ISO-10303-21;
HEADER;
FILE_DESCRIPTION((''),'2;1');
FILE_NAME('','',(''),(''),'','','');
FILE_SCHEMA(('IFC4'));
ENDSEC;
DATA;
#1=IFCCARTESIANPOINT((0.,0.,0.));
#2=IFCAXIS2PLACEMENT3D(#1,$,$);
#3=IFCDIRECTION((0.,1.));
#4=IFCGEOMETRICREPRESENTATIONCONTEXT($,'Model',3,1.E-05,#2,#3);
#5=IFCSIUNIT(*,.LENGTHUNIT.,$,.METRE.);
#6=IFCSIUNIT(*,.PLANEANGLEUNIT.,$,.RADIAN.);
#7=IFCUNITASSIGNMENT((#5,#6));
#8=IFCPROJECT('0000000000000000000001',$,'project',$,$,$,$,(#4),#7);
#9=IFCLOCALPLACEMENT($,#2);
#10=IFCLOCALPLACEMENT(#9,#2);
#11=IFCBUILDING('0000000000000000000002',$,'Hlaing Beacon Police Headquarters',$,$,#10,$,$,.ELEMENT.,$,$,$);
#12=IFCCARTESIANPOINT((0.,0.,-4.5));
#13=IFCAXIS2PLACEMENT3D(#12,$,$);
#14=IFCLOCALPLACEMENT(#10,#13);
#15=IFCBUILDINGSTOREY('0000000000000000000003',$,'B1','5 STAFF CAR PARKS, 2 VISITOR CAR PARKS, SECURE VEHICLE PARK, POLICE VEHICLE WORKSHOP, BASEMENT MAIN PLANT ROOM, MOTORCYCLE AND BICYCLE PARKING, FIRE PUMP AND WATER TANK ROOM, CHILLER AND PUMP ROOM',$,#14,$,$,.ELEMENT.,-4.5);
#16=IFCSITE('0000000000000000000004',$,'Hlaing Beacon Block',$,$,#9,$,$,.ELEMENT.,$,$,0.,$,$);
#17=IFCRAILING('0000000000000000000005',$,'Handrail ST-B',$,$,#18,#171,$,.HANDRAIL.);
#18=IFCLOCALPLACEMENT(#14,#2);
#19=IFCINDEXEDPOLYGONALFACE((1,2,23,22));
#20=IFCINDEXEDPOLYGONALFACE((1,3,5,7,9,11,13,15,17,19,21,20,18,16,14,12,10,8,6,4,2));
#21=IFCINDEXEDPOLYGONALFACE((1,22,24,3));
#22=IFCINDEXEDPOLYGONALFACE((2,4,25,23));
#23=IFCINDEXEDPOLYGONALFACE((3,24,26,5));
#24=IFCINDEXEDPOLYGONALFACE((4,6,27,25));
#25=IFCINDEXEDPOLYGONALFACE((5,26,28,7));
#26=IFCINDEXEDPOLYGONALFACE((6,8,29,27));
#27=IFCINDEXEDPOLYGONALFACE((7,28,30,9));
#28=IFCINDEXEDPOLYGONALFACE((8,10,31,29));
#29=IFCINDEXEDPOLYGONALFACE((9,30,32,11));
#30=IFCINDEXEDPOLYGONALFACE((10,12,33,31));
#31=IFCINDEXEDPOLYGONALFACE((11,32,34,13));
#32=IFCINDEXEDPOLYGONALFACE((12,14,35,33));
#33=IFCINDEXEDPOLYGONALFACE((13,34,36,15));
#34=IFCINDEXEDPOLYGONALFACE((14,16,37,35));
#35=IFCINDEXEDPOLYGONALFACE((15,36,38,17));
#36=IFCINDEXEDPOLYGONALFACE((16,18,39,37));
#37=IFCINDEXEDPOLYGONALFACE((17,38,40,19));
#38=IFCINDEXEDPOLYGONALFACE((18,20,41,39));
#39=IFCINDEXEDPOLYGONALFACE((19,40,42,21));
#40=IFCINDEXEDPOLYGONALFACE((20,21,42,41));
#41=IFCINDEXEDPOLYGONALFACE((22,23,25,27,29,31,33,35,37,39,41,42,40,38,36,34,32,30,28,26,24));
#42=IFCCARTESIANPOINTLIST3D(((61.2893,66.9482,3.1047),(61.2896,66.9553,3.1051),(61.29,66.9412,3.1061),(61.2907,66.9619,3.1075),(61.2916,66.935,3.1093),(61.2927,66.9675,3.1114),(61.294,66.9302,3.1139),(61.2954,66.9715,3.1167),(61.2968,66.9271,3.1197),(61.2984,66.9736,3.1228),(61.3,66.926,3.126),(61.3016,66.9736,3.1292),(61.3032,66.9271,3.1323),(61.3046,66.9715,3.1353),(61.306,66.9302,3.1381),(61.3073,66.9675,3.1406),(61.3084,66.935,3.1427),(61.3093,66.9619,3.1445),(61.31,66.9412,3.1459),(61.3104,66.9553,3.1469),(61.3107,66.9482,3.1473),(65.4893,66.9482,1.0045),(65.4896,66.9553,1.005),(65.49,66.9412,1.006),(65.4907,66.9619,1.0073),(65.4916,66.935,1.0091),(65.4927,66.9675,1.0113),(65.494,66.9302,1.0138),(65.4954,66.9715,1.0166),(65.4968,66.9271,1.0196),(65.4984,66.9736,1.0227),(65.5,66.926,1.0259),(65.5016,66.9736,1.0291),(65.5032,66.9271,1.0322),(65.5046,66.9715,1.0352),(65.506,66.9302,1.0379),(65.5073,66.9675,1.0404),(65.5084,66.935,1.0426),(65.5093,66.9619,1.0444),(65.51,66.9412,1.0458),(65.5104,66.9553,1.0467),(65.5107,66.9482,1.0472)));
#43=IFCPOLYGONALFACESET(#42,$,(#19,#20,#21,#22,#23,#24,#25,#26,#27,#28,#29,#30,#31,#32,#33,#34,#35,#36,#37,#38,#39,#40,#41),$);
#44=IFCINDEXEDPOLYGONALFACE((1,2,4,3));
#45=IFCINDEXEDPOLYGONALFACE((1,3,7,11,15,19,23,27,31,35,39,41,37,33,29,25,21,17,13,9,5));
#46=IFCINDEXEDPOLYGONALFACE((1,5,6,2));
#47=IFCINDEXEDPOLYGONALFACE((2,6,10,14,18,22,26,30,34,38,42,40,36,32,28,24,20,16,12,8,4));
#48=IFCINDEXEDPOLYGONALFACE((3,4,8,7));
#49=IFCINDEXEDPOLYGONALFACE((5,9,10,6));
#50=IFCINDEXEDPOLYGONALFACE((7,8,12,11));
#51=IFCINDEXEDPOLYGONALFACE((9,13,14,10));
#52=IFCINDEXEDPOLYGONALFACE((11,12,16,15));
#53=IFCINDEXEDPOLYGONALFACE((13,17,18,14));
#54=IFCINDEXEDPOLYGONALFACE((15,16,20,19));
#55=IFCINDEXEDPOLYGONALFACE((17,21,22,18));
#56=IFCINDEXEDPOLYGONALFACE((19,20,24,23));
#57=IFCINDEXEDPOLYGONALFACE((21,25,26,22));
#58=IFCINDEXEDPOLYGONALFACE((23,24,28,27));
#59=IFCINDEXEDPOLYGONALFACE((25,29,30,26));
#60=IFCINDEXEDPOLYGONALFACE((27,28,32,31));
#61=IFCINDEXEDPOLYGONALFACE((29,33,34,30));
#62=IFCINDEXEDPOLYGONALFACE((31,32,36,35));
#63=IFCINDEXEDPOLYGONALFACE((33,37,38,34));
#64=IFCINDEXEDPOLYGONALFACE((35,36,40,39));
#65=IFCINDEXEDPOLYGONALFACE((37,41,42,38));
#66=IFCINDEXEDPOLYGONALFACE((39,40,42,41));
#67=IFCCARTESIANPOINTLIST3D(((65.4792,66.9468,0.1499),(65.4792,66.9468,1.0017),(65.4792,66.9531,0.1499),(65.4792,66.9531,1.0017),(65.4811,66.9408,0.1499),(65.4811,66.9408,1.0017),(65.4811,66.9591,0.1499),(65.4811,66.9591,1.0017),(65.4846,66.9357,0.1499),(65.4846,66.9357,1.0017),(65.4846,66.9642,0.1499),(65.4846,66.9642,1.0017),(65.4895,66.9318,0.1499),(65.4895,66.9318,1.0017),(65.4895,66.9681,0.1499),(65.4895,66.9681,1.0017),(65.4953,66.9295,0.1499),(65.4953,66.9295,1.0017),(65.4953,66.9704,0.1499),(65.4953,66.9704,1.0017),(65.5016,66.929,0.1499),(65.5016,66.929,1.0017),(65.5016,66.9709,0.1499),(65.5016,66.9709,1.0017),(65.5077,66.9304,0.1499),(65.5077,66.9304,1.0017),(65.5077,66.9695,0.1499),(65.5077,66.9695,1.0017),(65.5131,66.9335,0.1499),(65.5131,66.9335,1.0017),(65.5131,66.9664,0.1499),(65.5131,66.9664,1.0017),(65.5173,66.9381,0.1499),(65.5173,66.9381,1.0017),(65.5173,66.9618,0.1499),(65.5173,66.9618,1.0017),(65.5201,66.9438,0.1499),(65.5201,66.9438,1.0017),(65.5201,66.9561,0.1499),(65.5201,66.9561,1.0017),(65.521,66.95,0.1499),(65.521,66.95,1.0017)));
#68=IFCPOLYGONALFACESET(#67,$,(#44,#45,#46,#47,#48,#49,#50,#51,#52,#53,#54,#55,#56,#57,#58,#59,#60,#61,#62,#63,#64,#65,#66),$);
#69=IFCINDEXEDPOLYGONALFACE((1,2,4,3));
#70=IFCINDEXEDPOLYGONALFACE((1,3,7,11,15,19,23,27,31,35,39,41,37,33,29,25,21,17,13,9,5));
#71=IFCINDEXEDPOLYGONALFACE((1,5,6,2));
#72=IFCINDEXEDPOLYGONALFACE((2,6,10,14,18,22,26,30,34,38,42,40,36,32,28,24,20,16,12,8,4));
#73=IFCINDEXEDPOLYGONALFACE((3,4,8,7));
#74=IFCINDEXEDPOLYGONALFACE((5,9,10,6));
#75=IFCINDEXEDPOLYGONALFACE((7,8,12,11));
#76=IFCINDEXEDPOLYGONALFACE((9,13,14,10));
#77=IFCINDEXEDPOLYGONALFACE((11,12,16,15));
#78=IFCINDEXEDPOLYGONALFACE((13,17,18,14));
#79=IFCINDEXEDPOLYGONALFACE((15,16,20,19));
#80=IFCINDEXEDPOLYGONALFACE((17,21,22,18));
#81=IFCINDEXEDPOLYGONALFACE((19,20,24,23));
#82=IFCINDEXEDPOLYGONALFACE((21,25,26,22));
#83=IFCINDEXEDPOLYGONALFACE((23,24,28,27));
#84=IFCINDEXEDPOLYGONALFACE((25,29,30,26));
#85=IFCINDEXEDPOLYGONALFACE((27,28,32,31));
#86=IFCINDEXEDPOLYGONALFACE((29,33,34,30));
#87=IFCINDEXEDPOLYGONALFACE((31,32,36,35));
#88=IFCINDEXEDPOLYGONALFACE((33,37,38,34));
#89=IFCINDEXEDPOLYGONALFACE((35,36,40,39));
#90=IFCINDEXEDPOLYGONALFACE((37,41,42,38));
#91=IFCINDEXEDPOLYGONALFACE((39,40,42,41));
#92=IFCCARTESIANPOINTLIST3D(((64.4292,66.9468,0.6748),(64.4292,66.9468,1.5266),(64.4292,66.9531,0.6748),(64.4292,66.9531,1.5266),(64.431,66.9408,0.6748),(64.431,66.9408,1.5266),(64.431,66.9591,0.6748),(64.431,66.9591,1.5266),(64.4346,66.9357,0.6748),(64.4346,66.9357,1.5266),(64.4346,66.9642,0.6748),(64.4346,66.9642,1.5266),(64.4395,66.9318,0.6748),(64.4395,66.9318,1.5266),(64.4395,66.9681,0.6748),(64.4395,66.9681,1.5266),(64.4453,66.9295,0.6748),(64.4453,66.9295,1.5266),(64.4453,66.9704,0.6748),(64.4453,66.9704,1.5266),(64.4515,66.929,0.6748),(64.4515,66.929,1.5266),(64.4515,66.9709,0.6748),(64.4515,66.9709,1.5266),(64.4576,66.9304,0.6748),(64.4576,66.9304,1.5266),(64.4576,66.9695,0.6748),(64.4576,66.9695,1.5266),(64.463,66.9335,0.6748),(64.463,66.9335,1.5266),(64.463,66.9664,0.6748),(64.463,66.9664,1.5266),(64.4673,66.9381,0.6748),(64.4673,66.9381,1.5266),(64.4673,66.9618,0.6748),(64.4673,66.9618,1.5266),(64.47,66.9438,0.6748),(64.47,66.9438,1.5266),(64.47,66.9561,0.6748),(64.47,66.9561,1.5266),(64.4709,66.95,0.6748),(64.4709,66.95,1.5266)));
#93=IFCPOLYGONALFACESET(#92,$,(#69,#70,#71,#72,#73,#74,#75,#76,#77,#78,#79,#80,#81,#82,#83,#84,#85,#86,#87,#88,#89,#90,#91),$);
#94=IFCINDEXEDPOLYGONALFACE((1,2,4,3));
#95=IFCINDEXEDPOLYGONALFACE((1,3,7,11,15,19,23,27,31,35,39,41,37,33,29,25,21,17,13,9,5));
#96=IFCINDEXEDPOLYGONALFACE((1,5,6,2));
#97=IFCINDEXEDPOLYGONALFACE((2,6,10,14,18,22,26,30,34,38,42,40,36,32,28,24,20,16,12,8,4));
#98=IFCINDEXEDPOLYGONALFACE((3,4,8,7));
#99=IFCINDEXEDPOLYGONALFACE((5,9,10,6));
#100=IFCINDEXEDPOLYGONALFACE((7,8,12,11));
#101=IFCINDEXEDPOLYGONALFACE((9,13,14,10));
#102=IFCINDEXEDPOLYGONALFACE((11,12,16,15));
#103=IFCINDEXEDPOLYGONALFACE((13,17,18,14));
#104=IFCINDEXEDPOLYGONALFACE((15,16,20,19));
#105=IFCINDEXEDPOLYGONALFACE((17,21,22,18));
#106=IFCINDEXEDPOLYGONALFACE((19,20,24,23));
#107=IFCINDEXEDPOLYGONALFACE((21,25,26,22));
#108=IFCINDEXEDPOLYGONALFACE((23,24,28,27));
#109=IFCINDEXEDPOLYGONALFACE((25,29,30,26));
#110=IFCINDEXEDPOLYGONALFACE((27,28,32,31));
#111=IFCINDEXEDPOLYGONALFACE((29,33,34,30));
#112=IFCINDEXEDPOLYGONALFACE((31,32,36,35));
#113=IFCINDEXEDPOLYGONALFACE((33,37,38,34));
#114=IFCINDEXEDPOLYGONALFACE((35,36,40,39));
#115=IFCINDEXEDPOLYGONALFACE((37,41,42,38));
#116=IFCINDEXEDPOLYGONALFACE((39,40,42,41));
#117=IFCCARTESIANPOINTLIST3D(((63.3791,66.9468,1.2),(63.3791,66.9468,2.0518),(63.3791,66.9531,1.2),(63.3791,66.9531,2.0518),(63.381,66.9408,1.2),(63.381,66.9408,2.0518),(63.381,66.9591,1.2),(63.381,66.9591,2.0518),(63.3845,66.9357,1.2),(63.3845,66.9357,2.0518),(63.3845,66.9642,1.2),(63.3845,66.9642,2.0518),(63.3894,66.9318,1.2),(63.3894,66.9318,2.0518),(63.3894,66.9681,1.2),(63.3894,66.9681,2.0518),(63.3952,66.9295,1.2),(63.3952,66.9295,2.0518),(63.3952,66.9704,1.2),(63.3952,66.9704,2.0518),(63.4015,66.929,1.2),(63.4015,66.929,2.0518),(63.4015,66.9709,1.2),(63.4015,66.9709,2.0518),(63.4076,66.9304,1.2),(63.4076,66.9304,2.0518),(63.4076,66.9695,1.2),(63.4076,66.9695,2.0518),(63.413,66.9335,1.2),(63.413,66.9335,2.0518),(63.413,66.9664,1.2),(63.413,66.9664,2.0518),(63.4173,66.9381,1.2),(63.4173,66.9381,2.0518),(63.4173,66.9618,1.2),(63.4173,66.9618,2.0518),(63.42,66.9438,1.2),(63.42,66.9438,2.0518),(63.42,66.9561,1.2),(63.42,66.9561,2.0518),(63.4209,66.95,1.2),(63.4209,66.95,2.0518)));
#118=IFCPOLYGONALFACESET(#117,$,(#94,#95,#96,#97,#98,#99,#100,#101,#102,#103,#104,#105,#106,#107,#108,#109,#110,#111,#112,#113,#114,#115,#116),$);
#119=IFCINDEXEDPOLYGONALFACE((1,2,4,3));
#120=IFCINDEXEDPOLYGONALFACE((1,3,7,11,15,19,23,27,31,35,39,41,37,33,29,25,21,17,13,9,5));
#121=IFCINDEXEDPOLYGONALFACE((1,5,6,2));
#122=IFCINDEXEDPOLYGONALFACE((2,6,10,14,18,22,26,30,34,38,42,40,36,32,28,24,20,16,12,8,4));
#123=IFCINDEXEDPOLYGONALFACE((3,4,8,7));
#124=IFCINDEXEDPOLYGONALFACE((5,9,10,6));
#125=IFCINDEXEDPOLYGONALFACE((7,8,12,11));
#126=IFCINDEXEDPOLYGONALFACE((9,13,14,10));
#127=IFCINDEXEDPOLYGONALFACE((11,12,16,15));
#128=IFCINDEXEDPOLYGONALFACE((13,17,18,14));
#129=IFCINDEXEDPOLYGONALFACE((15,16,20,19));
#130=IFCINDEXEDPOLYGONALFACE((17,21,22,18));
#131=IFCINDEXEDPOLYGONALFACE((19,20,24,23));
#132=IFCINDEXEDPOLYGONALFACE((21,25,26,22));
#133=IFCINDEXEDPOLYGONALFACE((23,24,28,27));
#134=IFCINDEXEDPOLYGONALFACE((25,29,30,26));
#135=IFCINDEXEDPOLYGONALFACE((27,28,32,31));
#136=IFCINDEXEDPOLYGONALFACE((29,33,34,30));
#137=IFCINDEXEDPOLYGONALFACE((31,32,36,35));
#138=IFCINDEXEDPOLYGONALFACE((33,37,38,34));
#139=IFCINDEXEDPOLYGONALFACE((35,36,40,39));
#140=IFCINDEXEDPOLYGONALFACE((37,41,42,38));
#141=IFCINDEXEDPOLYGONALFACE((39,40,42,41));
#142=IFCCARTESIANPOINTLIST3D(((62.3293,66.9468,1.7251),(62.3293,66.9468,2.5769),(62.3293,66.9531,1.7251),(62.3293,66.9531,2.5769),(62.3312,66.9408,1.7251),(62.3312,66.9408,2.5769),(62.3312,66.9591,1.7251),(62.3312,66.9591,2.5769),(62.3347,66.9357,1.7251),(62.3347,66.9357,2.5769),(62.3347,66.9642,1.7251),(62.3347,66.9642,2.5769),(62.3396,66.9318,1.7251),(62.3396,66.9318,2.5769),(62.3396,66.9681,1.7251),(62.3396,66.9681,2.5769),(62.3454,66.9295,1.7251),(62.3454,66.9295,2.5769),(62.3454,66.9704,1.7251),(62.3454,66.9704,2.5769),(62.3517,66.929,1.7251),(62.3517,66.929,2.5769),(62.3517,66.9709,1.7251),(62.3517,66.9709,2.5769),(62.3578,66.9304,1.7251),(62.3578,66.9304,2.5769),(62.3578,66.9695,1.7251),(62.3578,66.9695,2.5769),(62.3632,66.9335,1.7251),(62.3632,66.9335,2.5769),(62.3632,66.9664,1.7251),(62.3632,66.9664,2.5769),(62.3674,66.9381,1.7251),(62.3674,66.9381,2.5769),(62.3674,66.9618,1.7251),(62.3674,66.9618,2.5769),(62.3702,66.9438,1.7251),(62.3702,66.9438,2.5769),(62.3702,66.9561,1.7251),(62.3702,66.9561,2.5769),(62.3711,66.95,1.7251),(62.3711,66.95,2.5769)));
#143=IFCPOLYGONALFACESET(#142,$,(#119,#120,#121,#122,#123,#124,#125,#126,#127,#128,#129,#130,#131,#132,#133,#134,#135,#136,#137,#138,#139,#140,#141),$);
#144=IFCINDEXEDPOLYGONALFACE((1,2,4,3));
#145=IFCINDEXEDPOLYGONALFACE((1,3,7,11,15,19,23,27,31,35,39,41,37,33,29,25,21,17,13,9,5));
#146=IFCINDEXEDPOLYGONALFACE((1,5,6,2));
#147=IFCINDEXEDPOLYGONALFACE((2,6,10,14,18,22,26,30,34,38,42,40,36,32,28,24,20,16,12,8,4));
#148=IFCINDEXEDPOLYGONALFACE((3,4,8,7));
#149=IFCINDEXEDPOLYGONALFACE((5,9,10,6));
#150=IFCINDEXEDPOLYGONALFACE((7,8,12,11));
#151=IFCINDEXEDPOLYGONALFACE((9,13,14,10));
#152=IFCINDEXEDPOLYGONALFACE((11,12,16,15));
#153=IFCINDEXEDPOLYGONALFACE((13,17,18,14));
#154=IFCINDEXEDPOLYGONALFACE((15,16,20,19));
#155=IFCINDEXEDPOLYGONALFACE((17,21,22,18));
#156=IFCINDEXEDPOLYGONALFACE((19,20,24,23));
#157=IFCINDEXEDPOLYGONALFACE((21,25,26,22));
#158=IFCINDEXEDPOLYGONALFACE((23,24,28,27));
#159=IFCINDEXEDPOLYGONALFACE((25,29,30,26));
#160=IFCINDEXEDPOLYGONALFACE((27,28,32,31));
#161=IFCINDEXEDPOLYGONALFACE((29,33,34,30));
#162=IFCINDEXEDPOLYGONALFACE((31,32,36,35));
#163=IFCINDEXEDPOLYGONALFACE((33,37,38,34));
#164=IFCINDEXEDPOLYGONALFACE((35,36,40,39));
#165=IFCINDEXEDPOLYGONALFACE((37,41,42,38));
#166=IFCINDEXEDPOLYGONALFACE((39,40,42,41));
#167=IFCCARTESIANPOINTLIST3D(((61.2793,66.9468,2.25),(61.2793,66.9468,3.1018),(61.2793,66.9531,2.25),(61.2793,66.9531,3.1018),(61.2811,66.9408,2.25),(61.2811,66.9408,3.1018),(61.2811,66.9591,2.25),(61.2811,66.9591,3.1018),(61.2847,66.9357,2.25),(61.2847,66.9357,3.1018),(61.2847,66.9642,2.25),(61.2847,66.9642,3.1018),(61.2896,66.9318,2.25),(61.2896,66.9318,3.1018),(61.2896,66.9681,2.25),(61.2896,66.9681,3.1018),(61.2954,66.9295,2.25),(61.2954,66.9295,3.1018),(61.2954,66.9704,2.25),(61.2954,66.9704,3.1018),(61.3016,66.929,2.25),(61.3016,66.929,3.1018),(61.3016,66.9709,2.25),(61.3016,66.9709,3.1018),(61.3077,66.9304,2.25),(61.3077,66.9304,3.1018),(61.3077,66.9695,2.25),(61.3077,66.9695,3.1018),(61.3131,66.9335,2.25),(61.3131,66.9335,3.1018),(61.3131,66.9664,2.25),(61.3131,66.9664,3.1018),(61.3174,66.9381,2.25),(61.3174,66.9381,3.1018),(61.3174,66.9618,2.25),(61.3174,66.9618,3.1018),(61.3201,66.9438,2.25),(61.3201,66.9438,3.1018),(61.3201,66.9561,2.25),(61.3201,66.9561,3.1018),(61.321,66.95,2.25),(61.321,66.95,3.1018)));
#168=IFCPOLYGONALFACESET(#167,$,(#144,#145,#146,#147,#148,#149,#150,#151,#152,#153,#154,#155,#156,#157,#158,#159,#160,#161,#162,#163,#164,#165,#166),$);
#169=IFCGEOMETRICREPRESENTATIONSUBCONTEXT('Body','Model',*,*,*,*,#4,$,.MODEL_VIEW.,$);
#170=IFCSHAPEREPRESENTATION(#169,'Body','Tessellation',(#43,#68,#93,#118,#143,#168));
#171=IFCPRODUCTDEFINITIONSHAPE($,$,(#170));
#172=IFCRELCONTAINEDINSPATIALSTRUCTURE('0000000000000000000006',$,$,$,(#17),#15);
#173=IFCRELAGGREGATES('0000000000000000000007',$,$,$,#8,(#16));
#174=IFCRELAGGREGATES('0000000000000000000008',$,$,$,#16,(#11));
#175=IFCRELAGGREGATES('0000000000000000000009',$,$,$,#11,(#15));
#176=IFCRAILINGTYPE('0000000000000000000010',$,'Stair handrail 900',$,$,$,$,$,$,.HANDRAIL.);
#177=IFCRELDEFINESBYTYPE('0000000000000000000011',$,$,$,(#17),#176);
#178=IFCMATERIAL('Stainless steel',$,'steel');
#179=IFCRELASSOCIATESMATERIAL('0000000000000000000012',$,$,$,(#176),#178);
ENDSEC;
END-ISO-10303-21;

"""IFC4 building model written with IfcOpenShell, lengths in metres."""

from ifc_helpers import new_model, si_unit, direction, frame, origin, origin_2d, place, context, subcontext, project, spatial, circle, extrude, material, type_object, element, save


model = new_model("IFC4")

# Units and contexts
model_context = context("Model", 3, precision=1e-05, world=origin(), true_north=direction((0.0, 1.0)))
body_context = subcontext(model_context, "Body", "Model", "MODEL_VIEW")
ifc_project = project(units=[si_unit("LENGTHUNIT", "METRE"), si_unit("PLANEANGLEUNIT", "RADIAN")], contexts=[model_context])

# Site, building, storey
site_placement = place(None, origin())
site = spatial("IfcSite", under=ifc_project, at=site_placement, Name="Hlaing Beacon Block", CompositionType="ELEMENT", RefElevation=0.0)
building_placement = place(site_placement, origin())
building = spatial("IfcBuilding", under=site, at=building_placement, Name="Hlaing Beacon Police Headquarters", CompositionType="ELEMENT")
storey_placement = place(building_placement, frame((0.0, 0.0, -4.5)))
storey = spatial("IfcBuildingStorey", under=building, at=storey_placement, Name="B1", Description="5 STAFF CAR PARKS, 2 VISITOR CAR PARKS, SECURE VEHICLE PARK, POLICE VEHICLE WORKSHOP, BASEMENT MAIN PLANT ROOM, MOTORCYCLE AND BICYCLE PARKING, FIRE PUMP AND WATER TANK ROOM, CHILLER AND PUMP ROOM", CompositionType="ELEMENT", Elevation=-4.5)

# Railing
ifc_material_1 = material(Name="Stainless steel", Category="steel")
railing_type = type_object("IfcRailingType", Name="Stair handrail 900", PredefinedType="HANDRAIL", material=ifc_material_1)
for number, where, name in (
    (1, (65.5, 66.95, 0.1499), "Handrail ST-B"),
):
    element("IfcRailing", number, at=place(storey_placement, frame(where)), inside=storey, type_object=railing_type, Name=name, PredefinedType="HANDRAIL", context=body_context, shape_type="SweptSolid", body=[
        extrude(circle(Radius=0.0239, at=origin_2d()), frame((0.0, 0.0, 0.876), z_axis=(-0.894417, 0.0, 0.447234), x_axis=(0.0, -1.0, 0.0)), (0.0, 0.0, 1.0), 4.6958),
        extrude(circle(Radius=0.021, at=origin_2d()), origin(), (0.0, 0.0, 1.0), 0.8518),
        extrude(circle(Radius=0.021, at=origin_2d()), frame((-1.05, 0.0, 0.5249)), (0.0, 0.0, 1.0), 0.8518),
        extrude(circle(Radius=0.021, at=origin_2d()), frame((-2.1001, 0.0, 1.05)), (0.0, 0.0, 1.0), 0.8518),
        extrude(circle(Radius=0.021, at=origin_2d()), frame((-3.1499, 0.0, 1.5752)), (0.0, 0.0, 1.0), 0.8518),
        extrude(circle(Radius=0.021, at=origin_2d()), frame((-4.2, 0.0, 2.1001)), (0.0, 0.0, 1.0), 0.8518),
    ])

save(model, "model.ifc")
